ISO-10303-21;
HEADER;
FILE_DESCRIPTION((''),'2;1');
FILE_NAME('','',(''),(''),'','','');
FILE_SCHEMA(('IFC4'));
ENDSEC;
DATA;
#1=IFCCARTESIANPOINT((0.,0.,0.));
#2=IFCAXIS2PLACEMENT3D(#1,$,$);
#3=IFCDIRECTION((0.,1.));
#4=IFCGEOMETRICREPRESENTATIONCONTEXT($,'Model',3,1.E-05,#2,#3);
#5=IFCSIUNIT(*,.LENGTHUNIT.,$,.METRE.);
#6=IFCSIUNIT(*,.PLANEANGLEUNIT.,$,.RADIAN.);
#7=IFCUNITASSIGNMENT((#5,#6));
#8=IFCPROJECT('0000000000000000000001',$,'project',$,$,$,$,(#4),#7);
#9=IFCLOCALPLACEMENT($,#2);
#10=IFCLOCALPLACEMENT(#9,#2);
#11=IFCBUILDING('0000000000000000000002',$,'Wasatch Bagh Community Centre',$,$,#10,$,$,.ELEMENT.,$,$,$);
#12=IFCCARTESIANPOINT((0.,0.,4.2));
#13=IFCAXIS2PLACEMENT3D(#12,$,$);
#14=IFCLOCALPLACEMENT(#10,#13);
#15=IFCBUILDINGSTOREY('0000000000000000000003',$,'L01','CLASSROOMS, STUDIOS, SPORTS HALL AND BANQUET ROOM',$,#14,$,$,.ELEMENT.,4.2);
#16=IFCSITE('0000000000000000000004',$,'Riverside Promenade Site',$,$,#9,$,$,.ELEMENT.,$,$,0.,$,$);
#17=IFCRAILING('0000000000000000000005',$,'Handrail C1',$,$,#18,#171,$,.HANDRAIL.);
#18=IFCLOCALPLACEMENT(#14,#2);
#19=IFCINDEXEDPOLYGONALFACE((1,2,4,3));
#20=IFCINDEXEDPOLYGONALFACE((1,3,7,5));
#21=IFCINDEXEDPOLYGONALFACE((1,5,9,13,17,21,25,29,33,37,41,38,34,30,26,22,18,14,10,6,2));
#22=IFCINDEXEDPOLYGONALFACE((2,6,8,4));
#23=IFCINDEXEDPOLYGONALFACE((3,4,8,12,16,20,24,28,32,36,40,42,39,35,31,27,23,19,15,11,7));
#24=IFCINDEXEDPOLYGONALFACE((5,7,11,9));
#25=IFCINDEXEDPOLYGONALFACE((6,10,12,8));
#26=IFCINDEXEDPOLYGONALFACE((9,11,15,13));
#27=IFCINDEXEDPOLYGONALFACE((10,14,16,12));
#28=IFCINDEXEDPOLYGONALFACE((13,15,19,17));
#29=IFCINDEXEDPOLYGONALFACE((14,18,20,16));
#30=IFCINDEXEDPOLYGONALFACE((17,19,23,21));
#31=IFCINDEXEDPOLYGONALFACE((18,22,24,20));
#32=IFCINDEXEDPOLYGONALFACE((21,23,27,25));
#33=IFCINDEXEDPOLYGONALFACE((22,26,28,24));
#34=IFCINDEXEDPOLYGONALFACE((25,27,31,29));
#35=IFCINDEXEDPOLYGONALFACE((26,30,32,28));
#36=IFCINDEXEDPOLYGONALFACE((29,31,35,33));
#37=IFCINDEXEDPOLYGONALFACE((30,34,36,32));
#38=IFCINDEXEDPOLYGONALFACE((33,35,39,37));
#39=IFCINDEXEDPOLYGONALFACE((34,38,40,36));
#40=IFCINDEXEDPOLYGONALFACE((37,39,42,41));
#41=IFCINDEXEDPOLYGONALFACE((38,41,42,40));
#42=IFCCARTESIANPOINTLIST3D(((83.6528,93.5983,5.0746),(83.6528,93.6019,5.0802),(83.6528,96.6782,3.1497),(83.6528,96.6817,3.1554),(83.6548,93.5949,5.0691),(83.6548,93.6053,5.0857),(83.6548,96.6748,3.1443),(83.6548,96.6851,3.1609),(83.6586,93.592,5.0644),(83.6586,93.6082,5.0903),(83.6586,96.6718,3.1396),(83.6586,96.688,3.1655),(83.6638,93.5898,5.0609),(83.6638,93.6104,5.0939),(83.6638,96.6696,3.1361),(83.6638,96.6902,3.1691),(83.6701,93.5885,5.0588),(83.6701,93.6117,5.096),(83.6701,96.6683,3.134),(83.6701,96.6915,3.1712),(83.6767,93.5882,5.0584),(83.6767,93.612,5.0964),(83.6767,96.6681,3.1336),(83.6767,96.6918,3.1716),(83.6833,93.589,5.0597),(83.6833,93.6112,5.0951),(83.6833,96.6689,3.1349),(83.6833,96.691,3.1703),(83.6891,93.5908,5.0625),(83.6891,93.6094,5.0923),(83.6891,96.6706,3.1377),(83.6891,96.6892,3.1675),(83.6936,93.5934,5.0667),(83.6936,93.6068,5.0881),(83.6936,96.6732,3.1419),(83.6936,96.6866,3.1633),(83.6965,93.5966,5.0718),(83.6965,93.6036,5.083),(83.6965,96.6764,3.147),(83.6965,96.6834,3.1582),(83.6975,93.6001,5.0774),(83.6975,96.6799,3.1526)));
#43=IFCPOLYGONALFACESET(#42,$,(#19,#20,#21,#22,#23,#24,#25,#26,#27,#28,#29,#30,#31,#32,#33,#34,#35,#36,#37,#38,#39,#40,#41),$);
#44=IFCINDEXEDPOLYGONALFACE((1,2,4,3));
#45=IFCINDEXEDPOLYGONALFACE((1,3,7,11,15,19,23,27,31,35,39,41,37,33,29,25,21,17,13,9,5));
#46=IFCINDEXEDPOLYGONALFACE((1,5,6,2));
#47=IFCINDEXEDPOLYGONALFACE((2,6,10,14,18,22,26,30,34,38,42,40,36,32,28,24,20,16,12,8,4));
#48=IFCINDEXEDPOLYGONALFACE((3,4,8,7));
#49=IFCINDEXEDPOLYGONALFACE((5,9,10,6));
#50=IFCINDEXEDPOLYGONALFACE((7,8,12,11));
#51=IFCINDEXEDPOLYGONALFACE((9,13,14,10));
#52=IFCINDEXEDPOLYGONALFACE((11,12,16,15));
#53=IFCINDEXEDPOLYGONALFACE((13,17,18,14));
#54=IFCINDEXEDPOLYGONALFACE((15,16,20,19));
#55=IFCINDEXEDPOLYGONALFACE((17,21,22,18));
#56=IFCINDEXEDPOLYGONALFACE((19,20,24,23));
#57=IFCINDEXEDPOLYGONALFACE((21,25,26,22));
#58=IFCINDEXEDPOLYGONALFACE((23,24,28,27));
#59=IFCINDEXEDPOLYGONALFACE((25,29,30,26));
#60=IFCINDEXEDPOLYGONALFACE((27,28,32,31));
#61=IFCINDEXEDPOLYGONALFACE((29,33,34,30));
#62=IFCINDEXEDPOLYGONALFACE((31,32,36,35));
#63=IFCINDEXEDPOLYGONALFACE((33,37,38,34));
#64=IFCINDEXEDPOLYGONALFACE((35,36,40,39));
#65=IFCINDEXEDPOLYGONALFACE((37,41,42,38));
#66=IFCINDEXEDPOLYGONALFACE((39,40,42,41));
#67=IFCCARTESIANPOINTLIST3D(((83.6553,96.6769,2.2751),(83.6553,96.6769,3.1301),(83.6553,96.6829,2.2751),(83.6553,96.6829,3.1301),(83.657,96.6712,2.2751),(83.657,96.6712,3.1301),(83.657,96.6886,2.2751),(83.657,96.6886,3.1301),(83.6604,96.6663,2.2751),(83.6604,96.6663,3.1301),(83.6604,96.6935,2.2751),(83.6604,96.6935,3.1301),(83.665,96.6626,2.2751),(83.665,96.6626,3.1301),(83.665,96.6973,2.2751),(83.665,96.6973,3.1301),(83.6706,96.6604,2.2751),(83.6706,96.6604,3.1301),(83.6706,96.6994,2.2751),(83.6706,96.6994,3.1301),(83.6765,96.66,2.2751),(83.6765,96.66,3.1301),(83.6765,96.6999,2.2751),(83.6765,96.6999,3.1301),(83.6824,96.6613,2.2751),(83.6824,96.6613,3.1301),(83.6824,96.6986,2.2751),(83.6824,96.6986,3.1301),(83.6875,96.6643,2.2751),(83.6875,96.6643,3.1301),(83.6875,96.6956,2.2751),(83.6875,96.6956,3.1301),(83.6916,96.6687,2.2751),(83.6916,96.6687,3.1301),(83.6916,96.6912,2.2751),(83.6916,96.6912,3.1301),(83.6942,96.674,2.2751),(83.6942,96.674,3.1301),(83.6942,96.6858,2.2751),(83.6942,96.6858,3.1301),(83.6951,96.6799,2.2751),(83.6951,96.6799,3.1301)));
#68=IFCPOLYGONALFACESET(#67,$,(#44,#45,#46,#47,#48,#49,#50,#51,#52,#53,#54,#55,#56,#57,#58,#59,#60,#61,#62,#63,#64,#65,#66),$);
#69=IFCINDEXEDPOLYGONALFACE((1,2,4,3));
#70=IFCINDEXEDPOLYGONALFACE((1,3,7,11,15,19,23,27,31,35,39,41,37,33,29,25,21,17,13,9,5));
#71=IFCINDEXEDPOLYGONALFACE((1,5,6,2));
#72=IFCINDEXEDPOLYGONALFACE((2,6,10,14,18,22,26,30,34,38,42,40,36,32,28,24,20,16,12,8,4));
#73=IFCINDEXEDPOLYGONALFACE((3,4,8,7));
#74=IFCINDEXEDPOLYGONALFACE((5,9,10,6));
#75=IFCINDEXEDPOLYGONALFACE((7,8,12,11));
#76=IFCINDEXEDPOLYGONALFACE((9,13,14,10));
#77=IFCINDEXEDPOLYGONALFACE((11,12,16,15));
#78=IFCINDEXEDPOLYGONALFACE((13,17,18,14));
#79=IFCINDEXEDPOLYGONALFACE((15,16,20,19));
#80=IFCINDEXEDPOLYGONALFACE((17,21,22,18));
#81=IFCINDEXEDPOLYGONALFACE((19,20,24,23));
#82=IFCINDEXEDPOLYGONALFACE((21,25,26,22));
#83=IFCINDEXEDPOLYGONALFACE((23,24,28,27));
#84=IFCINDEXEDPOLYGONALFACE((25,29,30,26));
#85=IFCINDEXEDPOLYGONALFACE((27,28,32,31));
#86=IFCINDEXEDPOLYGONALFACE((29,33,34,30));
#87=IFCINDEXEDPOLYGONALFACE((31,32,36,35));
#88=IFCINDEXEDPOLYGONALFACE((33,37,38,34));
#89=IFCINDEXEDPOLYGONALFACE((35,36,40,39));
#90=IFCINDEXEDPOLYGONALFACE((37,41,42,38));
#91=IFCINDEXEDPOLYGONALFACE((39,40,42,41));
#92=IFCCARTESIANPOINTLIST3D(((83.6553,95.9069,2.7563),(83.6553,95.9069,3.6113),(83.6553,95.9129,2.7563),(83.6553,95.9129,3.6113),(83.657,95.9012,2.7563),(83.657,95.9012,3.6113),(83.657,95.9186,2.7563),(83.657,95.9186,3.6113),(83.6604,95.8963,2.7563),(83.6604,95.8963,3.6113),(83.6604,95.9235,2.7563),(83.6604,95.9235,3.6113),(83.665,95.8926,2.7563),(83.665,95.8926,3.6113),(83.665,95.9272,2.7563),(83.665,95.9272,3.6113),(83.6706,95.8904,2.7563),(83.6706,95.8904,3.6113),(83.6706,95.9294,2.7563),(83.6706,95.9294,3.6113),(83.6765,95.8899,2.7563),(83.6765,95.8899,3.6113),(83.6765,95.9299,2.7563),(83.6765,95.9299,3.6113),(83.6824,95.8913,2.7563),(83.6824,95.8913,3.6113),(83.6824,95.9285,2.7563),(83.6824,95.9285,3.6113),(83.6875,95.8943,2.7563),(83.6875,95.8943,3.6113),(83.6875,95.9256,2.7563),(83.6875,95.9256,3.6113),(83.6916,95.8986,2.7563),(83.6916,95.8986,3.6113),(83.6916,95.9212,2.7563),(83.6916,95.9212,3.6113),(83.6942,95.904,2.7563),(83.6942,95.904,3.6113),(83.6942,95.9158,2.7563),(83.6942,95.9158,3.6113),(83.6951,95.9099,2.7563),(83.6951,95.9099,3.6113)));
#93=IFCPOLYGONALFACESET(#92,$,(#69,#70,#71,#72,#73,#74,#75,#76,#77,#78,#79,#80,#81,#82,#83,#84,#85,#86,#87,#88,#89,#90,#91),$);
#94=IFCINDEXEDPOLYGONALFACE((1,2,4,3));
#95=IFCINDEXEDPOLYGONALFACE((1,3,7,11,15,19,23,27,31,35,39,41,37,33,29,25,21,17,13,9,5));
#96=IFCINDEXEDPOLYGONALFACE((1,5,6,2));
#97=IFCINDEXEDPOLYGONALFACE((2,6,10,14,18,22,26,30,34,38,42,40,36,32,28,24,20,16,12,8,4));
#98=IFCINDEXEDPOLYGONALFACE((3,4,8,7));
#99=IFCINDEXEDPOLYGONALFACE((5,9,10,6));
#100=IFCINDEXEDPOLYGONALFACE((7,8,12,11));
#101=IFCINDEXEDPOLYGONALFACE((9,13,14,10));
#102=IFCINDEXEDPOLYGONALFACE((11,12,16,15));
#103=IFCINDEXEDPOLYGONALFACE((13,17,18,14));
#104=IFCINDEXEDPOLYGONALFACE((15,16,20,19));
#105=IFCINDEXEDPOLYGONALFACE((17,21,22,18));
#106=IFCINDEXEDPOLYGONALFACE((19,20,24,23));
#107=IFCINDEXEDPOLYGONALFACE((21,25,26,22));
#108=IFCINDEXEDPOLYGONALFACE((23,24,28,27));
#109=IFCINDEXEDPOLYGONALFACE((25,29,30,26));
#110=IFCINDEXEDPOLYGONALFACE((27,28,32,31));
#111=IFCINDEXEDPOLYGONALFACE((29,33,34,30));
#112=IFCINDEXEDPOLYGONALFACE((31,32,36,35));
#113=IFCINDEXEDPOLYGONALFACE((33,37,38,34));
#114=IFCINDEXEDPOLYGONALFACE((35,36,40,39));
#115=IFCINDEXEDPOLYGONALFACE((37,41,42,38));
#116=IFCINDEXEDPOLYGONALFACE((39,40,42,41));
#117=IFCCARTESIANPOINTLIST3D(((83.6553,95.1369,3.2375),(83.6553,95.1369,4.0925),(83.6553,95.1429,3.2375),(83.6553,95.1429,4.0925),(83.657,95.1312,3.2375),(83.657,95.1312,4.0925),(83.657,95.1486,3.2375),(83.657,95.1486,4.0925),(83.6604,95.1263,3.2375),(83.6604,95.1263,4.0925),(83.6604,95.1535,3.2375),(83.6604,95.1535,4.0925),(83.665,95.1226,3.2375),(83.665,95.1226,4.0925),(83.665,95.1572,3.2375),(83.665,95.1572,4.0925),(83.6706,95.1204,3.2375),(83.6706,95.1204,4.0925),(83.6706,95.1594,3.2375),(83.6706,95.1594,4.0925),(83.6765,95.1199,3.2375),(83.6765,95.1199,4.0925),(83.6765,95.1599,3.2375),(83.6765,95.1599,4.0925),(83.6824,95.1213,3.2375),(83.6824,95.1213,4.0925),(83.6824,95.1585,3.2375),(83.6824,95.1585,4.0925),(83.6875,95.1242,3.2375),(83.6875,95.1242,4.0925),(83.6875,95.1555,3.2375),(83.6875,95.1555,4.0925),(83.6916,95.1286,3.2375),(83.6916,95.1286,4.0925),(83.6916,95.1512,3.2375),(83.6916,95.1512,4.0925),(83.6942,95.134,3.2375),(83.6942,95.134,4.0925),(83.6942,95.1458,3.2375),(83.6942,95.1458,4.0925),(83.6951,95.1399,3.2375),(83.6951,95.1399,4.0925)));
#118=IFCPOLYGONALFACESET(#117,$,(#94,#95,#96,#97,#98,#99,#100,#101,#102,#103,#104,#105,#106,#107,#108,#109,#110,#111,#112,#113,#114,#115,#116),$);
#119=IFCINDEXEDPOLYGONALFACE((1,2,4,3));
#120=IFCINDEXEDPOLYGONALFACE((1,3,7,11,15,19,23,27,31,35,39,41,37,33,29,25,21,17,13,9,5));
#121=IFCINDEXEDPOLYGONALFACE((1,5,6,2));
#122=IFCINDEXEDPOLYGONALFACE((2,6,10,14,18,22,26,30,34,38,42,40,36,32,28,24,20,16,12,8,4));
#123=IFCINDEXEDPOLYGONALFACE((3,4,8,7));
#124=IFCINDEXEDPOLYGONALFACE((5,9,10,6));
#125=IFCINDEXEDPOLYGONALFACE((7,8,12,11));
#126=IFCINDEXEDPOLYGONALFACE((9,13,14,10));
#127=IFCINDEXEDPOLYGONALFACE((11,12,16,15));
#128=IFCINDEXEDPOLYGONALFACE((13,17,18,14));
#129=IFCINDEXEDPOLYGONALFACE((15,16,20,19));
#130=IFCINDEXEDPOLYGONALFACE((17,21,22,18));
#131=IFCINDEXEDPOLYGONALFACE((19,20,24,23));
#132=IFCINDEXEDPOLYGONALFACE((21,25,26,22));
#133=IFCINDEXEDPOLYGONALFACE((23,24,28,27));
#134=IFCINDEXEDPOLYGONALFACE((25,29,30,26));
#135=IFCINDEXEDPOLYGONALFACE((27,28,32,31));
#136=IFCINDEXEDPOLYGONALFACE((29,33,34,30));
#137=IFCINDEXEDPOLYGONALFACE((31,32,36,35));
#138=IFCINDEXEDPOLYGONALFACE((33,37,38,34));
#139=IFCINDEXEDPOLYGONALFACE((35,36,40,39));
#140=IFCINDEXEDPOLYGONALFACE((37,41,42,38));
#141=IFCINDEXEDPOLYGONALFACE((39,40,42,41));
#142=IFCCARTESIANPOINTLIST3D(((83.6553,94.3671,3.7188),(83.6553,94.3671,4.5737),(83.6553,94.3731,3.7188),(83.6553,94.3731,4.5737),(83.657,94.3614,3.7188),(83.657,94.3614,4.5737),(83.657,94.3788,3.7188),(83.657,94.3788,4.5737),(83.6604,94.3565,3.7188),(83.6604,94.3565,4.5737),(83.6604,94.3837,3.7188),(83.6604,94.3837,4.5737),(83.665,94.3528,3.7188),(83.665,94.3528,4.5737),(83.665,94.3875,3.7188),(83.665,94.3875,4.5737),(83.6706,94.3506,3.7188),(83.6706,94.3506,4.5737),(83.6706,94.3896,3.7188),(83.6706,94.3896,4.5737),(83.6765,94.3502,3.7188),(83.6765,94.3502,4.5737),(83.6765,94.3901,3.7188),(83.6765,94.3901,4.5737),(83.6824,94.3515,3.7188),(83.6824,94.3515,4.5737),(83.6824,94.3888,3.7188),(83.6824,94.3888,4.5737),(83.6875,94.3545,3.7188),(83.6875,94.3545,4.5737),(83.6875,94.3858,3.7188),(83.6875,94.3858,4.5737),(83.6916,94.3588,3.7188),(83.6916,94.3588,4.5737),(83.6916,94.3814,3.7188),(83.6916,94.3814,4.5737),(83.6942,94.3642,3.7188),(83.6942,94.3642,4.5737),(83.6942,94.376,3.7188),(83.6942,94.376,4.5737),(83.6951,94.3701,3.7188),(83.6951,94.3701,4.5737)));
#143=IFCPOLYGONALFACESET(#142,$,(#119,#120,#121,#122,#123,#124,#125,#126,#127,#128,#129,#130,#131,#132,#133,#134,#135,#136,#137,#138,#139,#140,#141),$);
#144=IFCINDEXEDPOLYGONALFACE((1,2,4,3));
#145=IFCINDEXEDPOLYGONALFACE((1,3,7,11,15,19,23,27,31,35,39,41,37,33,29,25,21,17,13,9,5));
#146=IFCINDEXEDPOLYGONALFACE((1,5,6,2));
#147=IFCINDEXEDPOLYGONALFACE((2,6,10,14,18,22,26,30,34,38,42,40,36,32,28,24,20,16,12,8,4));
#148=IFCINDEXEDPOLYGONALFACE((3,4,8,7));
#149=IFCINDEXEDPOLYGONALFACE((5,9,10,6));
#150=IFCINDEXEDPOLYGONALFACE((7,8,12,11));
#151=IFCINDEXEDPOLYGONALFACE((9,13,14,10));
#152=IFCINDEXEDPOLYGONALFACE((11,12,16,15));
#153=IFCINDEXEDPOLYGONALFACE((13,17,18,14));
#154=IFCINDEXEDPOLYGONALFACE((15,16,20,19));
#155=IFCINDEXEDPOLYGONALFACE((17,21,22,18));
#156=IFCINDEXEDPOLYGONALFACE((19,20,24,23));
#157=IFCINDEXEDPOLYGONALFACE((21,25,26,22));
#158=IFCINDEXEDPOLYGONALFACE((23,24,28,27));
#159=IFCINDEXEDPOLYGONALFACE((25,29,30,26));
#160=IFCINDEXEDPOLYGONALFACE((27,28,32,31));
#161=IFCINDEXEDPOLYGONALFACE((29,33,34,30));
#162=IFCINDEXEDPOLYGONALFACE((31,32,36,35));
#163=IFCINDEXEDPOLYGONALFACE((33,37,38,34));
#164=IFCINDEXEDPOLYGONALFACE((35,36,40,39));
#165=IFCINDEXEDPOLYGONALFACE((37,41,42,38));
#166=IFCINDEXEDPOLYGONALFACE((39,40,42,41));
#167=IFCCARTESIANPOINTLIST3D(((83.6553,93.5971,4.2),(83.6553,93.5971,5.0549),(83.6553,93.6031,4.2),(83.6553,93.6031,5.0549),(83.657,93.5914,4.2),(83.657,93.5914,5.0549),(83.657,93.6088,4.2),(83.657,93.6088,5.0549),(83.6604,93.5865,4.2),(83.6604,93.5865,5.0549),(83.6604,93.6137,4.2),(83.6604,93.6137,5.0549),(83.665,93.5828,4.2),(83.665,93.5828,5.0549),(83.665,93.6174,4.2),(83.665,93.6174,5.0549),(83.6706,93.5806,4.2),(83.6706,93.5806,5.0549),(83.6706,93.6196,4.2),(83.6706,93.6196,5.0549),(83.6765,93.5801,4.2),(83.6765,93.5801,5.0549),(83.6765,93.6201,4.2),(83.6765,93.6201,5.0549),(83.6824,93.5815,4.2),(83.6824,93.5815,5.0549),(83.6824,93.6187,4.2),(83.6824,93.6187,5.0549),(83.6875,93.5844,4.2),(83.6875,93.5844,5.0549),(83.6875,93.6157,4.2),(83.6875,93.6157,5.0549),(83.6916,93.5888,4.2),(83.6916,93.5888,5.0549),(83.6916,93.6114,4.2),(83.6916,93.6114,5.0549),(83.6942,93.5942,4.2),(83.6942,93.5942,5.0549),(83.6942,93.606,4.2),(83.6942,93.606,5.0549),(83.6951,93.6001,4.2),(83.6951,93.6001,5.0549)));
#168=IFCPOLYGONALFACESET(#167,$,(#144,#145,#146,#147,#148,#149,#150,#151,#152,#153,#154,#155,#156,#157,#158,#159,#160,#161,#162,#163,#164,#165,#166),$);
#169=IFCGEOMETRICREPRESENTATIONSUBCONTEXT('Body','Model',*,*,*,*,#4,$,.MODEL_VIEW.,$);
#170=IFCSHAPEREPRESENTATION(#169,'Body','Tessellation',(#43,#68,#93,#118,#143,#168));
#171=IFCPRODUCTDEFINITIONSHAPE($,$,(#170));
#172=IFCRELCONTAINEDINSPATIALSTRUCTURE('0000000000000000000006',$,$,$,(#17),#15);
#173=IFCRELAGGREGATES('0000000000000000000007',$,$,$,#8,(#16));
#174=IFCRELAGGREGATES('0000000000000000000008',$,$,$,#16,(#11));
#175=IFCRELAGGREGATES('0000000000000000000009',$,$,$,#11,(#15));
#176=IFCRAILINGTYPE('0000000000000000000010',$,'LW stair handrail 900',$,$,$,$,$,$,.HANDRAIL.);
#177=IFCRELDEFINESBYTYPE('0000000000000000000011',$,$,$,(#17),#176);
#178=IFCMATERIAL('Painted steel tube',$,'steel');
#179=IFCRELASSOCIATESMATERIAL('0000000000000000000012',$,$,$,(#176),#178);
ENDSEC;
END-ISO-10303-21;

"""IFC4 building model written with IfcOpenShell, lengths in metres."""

from ifc_helpers import new_model, si_unit, direction, frame, origin, origin_2d, place, context, subcontext, project, spatial, circle, extrude, material, type_object, element, save


model = new_model("IFC4")

# Units and contexts
model_context = context("Model", 3, precision=1e-05, world=origin(), true_north=direction((0.0, 1.0)))
body_context = subcontext(model_context, "Body", "Model", "MODEL_VIEW")
ifc_project = project(units=[si_unit("LENGTHUNIT", "METRE"), si_unit("PLANEANGLEUNIT", "RADIAN")], contexts=[model_context])

# Site, building, storey
site_placement = place(None, origin())
site = spatial("IfcSite", under=ifc_project, at=site_placement, Name="Riverside Promenade Site", CompositionType="ELEMENT", RefElevation=0.0)
building_placement = place(site_placement, origin())
building = spatial("IfcBuilding", under=site, at=building_placement, Name="Wasatch Bagh Community Centre", CompositionType="ELEMENT")
storey_placement = place(building_placement, frame((0.0, 0.0, 4.2)))
storey = spatial("IfcBuildingStorey", under=building, at=storey_placement, Name="L01", Description="CLASSROOMS, STUDIOS, SPORTS HALL AND BANQUET ROOM", CompositionType="ELEMENT", Elevation=4.2)

# Railing
ifc_material_1 = material(Name="Painted steel tube", Category="steel")
railing_type_1 = type_object("IfcRailingType", Name="LW stair handrail 900", PredefinedType="HANDRAIL", material=ifc_material_1)
for number, where, name in (
    (1, (83.675, 96.6799, 2.2751), "Handrail C1"),
):
    element("IfcRailing", number, at=place(storey_placement, frame(where)), inside=storey, type_object=railing_type_1, Name=name, PredefinedType="HANDRAIL", context=body_context, shape_type="SweptSolid", body=[
        extrude(circle(Radius=0.0225, at=origin_2d()), frame((0.0, 0.0, 0.8774), z_axis=(0.0, -0.84801, 0.529981), x_axis=(1.0, 0.0, 0.0)), (0.0, 0.0, 1.0), 3.6318),
        extrude(circle(Radius=0.02, at=origin_2d()), origin(), (0.0, 0.0, 1.0), 0.855),
        extrude(circle(Radius=0.02, at=origin_2d()), frame((0.0, -0.77, 0.4812)), (0.0, 0.0, 1.0), 0.855),
        extrude(circle(Radius=0.02, at=origin_2d()), frame((0.0, -1.54, 0.9624)), (0.0, 0.0, 1.0), 0.855),
        extrude(circle(Radius=0.02, at=origin_2d()), frame((0.0, -2.3098, 1.4436)), (0.0, 0.0, 1.0), 0.855),
        extrude(circle(Radius=0.02, at=origin_2d()), frame((0.0, -3.0798, 1.9248)), (0.0, 0.0, 1.0), 0.855),
    ])

save(model, "model.ifc")
